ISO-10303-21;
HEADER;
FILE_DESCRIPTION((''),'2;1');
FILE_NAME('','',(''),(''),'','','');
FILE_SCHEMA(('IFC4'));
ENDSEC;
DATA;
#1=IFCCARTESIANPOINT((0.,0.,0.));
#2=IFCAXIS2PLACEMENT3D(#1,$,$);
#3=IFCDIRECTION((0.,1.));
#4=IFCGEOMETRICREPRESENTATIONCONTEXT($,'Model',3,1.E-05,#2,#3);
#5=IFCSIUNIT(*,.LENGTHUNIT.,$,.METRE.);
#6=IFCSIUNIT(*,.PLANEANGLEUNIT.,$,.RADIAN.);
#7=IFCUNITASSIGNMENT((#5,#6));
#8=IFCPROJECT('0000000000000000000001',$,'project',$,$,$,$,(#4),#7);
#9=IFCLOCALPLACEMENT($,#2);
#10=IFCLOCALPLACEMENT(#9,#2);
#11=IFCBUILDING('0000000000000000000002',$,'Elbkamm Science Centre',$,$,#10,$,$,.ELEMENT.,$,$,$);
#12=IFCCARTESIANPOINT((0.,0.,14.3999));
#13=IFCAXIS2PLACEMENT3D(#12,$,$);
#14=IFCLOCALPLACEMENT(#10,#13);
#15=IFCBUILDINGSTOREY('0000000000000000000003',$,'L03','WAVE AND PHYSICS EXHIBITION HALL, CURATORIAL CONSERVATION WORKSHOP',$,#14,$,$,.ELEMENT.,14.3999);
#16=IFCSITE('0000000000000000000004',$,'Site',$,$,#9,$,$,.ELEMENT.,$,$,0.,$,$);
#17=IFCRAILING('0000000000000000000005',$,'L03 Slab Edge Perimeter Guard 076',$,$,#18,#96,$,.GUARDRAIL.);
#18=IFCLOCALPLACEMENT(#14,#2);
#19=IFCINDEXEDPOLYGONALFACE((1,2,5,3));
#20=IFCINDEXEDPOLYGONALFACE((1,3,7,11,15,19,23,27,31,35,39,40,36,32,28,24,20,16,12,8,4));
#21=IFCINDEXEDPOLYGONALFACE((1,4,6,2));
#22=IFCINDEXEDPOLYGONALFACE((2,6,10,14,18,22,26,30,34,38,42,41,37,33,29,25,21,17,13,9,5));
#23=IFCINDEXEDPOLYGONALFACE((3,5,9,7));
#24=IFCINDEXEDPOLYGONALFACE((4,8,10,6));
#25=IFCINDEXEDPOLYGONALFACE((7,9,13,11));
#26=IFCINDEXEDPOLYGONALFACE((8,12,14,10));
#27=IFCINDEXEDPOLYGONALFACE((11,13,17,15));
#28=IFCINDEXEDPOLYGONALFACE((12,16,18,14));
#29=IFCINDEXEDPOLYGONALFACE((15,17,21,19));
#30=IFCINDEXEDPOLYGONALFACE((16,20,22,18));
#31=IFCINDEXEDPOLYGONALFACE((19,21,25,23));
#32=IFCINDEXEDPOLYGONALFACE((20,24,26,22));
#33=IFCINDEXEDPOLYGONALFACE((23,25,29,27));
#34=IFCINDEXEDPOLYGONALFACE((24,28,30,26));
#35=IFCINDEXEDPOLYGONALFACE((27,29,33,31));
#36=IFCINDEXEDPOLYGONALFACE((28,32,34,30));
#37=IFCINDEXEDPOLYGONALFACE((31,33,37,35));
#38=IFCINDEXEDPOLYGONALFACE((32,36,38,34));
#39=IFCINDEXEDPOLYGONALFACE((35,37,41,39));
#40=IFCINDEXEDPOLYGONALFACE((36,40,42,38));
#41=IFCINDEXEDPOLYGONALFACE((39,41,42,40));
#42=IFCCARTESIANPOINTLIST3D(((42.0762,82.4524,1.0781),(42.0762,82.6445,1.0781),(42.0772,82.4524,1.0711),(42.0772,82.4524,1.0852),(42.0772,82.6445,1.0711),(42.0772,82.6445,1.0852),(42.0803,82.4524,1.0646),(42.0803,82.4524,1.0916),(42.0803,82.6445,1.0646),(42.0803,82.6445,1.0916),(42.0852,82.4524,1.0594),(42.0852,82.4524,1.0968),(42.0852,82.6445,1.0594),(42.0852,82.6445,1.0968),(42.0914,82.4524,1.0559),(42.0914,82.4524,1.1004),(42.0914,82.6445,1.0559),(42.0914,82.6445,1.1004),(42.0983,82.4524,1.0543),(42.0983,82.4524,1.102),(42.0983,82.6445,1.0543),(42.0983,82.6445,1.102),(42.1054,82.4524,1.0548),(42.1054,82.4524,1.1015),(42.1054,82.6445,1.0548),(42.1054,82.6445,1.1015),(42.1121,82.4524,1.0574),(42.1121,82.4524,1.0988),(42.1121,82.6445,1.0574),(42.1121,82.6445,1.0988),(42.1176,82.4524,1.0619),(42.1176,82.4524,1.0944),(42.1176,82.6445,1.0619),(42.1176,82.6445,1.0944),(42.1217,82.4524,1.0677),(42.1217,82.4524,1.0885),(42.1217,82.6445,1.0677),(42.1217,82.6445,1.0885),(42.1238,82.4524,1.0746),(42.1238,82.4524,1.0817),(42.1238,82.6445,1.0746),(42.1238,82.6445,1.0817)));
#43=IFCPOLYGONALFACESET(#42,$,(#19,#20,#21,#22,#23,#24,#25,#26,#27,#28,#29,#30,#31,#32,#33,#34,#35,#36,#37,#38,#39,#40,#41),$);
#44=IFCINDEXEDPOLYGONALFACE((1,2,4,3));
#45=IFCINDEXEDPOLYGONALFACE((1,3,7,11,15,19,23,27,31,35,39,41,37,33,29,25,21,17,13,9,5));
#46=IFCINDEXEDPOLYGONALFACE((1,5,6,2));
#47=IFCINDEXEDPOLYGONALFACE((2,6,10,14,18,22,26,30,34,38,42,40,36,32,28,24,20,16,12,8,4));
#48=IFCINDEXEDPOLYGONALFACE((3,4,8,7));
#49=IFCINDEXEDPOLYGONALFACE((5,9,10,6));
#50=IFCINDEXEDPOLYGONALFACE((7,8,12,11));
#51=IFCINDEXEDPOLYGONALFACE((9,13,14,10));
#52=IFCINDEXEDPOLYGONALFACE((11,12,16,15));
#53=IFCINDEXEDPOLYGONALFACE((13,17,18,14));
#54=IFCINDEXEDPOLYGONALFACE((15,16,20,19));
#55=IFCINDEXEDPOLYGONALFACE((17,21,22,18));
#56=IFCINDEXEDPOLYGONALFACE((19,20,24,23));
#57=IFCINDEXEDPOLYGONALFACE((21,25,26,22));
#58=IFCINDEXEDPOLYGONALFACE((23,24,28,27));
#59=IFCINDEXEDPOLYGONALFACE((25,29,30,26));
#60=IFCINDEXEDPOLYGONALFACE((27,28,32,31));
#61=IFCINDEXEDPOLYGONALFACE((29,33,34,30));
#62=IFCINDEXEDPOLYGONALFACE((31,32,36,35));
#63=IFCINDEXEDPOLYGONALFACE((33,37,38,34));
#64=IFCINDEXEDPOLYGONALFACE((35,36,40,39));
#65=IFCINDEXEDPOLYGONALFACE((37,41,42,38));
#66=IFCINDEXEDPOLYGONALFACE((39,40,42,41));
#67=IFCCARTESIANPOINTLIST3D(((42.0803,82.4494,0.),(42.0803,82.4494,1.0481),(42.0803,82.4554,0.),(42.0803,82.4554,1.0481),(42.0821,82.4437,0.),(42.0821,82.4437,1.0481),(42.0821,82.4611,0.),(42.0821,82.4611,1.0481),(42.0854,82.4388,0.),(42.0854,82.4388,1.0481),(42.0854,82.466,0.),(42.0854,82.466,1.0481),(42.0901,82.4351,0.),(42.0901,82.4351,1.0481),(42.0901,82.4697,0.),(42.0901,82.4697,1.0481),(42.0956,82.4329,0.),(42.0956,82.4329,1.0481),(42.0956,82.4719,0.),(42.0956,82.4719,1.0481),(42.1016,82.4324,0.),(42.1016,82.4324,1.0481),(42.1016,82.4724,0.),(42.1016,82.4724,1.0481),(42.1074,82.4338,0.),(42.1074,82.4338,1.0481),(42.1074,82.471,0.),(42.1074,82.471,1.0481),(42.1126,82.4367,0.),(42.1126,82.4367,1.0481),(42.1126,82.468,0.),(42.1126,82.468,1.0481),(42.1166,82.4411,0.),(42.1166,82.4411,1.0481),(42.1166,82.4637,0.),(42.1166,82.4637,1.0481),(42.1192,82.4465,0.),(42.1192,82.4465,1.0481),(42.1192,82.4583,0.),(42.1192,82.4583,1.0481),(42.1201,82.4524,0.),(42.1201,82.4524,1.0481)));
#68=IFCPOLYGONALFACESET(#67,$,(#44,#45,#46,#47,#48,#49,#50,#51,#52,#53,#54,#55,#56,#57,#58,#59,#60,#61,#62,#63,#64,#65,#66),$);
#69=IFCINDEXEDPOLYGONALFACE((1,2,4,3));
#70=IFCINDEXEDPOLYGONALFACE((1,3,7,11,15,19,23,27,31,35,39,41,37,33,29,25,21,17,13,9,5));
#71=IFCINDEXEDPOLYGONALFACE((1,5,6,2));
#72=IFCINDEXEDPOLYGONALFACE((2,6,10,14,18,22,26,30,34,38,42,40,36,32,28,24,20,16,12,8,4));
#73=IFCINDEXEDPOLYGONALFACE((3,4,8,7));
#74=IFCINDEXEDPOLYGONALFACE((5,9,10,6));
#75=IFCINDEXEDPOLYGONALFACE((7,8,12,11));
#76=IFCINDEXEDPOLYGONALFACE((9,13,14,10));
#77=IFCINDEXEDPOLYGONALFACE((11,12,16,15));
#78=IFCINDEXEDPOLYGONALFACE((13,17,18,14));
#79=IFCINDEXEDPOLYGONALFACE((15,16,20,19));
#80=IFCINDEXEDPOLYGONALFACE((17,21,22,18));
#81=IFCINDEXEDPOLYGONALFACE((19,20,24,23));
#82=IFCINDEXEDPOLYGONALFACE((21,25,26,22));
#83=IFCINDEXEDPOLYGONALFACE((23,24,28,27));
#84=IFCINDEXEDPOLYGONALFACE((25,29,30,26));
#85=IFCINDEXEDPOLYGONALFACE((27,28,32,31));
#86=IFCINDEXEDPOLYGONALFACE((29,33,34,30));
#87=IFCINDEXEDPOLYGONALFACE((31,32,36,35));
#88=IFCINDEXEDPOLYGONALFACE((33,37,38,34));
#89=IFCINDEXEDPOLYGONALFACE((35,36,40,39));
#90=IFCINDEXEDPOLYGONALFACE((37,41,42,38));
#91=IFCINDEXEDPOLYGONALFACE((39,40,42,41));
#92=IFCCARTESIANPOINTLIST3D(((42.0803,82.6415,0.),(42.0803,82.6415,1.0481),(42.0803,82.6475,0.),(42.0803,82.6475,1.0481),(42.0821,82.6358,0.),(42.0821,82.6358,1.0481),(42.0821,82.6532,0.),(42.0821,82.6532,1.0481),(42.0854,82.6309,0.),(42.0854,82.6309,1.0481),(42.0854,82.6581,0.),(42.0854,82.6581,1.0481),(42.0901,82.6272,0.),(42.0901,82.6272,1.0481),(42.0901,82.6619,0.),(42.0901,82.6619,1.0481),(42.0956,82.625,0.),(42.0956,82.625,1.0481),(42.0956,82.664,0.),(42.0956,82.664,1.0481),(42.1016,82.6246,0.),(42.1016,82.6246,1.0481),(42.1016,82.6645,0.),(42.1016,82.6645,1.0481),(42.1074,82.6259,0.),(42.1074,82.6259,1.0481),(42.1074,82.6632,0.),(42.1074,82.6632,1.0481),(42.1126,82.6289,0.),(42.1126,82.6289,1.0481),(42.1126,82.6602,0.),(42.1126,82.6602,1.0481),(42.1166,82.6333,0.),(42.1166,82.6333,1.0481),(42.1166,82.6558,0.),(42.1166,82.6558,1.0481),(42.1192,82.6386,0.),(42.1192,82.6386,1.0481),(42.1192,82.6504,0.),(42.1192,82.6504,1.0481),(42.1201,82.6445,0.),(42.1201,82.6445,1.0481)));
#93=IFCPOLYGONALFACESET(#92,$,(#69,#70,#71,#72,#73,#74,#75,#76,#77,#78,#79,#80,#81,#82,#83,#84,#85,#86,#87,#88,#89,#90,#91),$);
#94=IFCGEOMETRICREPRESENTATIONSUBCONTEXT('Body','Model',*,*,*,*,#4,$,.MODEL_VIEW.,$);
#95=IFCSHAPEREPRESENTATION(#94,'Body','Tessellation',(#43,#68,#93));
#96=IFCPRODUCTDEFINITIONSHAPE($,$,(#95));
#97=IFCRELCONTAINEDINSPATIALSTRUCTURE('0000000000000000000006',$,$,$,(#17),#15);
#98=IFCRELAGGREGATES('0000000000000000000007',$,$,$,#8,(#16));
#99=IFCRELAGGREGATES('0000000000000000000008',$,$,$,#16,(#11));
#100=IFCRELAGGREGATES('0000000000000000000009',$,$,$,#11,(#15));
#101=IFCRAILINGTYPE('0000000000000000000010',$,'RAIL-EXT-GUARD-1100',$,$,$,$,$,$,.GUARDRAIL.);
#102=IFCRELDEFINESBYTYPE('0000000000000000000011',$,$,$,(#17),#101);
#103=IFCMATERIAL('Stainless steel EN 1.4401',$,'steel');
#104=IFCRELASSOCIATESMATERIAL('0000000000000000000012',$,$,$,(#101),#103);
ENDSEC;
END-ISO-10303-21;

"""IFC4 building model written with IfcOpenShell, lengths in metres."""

from ifc_helpers import new_model, si_unit, direction, frame, origin, origin_2d, place, context, subcontext, project, spatial, circle, extrude, material, type_object, element, save


model = new_model("IFC4")

# Units and contexts
model_context = context("Model", 3, precision=1e-05, world=origin(), true_north=direction((0.0, 1.0)))
body_context = subcontext(model_context, "Body", "Model", "MODEL_VIEW")
ifc_project = project(units=[si_unit("LENGTHUNIT", "METRE"), si_unit("PLANEANGLEUNIT", "RADIAN")], contexts=[model_context])

# Site, building, storey
site_placement = place(None, origin())
site = spatial("IfcSite", under=ifc_project, at=site_placement, Name="Site", CompositionType="ELEMENT", RefElevation=0.0)
building_placement = place(site_placement, origin())
building = spatial("IfcBuilding", under=site, at=building_placement, Name="Elbkamm Science Centre", CompositionType="ELEMENT")
storey_placement = place(building_placement, frame((0.0, 0.0, 14.3999)))
storey = spatial("IfcBuildingStorey", under=building, at=storey_placement, Name="L03", Description="WAVE AND PHYSICS EXHIBITION HALL, CURATORIAL CONSERVATION WORKSHOP", CompositionType="ELEMENT", Elevation=14.3999)

# Railing
ifc_material_1 = material(Name="Stainless steel EN 1.4401", Category="steel")
railing_type = type_object("IfcRailingType", Name="RAIL-EXT-GUARD-1100", PredefinedType="GUARDRAIL", material=ifc_material_1)
railing_placement = place(storey_placement, frame((42.1001, 82.4524, 0.0)))
element("IfcRailing", 1, at=railing_placement, inside=storey, type_object=railing_type, Name="L03 Slab Edge Perimeter Guard 076", PredefinedType="GUARDRAIL", context=body_context, shape_type="SweptSolid", body=[
    extrude(circle(Radius=0.0239, at=origin_2d()), frame((0.0, 0.0, 1.0781), z_axis=(0.0, 1.0, 0.0), x_axis=(-1.0, 0.0, 0.0)), (0.0, 0.0, 1.0), 0.1921),
    extrude(circle(Radius=0.02, at=origin_2d()), origin(), (0.0, 0.0, 1.0), 1.0481),
    extrude(circle(Radius=0.02, at=origin_2d()), frame((0.0, 0.1921, 0.0)), (0.0, 0.0, 1.0), 1.0481),
])

save(model, "model.ifc")
